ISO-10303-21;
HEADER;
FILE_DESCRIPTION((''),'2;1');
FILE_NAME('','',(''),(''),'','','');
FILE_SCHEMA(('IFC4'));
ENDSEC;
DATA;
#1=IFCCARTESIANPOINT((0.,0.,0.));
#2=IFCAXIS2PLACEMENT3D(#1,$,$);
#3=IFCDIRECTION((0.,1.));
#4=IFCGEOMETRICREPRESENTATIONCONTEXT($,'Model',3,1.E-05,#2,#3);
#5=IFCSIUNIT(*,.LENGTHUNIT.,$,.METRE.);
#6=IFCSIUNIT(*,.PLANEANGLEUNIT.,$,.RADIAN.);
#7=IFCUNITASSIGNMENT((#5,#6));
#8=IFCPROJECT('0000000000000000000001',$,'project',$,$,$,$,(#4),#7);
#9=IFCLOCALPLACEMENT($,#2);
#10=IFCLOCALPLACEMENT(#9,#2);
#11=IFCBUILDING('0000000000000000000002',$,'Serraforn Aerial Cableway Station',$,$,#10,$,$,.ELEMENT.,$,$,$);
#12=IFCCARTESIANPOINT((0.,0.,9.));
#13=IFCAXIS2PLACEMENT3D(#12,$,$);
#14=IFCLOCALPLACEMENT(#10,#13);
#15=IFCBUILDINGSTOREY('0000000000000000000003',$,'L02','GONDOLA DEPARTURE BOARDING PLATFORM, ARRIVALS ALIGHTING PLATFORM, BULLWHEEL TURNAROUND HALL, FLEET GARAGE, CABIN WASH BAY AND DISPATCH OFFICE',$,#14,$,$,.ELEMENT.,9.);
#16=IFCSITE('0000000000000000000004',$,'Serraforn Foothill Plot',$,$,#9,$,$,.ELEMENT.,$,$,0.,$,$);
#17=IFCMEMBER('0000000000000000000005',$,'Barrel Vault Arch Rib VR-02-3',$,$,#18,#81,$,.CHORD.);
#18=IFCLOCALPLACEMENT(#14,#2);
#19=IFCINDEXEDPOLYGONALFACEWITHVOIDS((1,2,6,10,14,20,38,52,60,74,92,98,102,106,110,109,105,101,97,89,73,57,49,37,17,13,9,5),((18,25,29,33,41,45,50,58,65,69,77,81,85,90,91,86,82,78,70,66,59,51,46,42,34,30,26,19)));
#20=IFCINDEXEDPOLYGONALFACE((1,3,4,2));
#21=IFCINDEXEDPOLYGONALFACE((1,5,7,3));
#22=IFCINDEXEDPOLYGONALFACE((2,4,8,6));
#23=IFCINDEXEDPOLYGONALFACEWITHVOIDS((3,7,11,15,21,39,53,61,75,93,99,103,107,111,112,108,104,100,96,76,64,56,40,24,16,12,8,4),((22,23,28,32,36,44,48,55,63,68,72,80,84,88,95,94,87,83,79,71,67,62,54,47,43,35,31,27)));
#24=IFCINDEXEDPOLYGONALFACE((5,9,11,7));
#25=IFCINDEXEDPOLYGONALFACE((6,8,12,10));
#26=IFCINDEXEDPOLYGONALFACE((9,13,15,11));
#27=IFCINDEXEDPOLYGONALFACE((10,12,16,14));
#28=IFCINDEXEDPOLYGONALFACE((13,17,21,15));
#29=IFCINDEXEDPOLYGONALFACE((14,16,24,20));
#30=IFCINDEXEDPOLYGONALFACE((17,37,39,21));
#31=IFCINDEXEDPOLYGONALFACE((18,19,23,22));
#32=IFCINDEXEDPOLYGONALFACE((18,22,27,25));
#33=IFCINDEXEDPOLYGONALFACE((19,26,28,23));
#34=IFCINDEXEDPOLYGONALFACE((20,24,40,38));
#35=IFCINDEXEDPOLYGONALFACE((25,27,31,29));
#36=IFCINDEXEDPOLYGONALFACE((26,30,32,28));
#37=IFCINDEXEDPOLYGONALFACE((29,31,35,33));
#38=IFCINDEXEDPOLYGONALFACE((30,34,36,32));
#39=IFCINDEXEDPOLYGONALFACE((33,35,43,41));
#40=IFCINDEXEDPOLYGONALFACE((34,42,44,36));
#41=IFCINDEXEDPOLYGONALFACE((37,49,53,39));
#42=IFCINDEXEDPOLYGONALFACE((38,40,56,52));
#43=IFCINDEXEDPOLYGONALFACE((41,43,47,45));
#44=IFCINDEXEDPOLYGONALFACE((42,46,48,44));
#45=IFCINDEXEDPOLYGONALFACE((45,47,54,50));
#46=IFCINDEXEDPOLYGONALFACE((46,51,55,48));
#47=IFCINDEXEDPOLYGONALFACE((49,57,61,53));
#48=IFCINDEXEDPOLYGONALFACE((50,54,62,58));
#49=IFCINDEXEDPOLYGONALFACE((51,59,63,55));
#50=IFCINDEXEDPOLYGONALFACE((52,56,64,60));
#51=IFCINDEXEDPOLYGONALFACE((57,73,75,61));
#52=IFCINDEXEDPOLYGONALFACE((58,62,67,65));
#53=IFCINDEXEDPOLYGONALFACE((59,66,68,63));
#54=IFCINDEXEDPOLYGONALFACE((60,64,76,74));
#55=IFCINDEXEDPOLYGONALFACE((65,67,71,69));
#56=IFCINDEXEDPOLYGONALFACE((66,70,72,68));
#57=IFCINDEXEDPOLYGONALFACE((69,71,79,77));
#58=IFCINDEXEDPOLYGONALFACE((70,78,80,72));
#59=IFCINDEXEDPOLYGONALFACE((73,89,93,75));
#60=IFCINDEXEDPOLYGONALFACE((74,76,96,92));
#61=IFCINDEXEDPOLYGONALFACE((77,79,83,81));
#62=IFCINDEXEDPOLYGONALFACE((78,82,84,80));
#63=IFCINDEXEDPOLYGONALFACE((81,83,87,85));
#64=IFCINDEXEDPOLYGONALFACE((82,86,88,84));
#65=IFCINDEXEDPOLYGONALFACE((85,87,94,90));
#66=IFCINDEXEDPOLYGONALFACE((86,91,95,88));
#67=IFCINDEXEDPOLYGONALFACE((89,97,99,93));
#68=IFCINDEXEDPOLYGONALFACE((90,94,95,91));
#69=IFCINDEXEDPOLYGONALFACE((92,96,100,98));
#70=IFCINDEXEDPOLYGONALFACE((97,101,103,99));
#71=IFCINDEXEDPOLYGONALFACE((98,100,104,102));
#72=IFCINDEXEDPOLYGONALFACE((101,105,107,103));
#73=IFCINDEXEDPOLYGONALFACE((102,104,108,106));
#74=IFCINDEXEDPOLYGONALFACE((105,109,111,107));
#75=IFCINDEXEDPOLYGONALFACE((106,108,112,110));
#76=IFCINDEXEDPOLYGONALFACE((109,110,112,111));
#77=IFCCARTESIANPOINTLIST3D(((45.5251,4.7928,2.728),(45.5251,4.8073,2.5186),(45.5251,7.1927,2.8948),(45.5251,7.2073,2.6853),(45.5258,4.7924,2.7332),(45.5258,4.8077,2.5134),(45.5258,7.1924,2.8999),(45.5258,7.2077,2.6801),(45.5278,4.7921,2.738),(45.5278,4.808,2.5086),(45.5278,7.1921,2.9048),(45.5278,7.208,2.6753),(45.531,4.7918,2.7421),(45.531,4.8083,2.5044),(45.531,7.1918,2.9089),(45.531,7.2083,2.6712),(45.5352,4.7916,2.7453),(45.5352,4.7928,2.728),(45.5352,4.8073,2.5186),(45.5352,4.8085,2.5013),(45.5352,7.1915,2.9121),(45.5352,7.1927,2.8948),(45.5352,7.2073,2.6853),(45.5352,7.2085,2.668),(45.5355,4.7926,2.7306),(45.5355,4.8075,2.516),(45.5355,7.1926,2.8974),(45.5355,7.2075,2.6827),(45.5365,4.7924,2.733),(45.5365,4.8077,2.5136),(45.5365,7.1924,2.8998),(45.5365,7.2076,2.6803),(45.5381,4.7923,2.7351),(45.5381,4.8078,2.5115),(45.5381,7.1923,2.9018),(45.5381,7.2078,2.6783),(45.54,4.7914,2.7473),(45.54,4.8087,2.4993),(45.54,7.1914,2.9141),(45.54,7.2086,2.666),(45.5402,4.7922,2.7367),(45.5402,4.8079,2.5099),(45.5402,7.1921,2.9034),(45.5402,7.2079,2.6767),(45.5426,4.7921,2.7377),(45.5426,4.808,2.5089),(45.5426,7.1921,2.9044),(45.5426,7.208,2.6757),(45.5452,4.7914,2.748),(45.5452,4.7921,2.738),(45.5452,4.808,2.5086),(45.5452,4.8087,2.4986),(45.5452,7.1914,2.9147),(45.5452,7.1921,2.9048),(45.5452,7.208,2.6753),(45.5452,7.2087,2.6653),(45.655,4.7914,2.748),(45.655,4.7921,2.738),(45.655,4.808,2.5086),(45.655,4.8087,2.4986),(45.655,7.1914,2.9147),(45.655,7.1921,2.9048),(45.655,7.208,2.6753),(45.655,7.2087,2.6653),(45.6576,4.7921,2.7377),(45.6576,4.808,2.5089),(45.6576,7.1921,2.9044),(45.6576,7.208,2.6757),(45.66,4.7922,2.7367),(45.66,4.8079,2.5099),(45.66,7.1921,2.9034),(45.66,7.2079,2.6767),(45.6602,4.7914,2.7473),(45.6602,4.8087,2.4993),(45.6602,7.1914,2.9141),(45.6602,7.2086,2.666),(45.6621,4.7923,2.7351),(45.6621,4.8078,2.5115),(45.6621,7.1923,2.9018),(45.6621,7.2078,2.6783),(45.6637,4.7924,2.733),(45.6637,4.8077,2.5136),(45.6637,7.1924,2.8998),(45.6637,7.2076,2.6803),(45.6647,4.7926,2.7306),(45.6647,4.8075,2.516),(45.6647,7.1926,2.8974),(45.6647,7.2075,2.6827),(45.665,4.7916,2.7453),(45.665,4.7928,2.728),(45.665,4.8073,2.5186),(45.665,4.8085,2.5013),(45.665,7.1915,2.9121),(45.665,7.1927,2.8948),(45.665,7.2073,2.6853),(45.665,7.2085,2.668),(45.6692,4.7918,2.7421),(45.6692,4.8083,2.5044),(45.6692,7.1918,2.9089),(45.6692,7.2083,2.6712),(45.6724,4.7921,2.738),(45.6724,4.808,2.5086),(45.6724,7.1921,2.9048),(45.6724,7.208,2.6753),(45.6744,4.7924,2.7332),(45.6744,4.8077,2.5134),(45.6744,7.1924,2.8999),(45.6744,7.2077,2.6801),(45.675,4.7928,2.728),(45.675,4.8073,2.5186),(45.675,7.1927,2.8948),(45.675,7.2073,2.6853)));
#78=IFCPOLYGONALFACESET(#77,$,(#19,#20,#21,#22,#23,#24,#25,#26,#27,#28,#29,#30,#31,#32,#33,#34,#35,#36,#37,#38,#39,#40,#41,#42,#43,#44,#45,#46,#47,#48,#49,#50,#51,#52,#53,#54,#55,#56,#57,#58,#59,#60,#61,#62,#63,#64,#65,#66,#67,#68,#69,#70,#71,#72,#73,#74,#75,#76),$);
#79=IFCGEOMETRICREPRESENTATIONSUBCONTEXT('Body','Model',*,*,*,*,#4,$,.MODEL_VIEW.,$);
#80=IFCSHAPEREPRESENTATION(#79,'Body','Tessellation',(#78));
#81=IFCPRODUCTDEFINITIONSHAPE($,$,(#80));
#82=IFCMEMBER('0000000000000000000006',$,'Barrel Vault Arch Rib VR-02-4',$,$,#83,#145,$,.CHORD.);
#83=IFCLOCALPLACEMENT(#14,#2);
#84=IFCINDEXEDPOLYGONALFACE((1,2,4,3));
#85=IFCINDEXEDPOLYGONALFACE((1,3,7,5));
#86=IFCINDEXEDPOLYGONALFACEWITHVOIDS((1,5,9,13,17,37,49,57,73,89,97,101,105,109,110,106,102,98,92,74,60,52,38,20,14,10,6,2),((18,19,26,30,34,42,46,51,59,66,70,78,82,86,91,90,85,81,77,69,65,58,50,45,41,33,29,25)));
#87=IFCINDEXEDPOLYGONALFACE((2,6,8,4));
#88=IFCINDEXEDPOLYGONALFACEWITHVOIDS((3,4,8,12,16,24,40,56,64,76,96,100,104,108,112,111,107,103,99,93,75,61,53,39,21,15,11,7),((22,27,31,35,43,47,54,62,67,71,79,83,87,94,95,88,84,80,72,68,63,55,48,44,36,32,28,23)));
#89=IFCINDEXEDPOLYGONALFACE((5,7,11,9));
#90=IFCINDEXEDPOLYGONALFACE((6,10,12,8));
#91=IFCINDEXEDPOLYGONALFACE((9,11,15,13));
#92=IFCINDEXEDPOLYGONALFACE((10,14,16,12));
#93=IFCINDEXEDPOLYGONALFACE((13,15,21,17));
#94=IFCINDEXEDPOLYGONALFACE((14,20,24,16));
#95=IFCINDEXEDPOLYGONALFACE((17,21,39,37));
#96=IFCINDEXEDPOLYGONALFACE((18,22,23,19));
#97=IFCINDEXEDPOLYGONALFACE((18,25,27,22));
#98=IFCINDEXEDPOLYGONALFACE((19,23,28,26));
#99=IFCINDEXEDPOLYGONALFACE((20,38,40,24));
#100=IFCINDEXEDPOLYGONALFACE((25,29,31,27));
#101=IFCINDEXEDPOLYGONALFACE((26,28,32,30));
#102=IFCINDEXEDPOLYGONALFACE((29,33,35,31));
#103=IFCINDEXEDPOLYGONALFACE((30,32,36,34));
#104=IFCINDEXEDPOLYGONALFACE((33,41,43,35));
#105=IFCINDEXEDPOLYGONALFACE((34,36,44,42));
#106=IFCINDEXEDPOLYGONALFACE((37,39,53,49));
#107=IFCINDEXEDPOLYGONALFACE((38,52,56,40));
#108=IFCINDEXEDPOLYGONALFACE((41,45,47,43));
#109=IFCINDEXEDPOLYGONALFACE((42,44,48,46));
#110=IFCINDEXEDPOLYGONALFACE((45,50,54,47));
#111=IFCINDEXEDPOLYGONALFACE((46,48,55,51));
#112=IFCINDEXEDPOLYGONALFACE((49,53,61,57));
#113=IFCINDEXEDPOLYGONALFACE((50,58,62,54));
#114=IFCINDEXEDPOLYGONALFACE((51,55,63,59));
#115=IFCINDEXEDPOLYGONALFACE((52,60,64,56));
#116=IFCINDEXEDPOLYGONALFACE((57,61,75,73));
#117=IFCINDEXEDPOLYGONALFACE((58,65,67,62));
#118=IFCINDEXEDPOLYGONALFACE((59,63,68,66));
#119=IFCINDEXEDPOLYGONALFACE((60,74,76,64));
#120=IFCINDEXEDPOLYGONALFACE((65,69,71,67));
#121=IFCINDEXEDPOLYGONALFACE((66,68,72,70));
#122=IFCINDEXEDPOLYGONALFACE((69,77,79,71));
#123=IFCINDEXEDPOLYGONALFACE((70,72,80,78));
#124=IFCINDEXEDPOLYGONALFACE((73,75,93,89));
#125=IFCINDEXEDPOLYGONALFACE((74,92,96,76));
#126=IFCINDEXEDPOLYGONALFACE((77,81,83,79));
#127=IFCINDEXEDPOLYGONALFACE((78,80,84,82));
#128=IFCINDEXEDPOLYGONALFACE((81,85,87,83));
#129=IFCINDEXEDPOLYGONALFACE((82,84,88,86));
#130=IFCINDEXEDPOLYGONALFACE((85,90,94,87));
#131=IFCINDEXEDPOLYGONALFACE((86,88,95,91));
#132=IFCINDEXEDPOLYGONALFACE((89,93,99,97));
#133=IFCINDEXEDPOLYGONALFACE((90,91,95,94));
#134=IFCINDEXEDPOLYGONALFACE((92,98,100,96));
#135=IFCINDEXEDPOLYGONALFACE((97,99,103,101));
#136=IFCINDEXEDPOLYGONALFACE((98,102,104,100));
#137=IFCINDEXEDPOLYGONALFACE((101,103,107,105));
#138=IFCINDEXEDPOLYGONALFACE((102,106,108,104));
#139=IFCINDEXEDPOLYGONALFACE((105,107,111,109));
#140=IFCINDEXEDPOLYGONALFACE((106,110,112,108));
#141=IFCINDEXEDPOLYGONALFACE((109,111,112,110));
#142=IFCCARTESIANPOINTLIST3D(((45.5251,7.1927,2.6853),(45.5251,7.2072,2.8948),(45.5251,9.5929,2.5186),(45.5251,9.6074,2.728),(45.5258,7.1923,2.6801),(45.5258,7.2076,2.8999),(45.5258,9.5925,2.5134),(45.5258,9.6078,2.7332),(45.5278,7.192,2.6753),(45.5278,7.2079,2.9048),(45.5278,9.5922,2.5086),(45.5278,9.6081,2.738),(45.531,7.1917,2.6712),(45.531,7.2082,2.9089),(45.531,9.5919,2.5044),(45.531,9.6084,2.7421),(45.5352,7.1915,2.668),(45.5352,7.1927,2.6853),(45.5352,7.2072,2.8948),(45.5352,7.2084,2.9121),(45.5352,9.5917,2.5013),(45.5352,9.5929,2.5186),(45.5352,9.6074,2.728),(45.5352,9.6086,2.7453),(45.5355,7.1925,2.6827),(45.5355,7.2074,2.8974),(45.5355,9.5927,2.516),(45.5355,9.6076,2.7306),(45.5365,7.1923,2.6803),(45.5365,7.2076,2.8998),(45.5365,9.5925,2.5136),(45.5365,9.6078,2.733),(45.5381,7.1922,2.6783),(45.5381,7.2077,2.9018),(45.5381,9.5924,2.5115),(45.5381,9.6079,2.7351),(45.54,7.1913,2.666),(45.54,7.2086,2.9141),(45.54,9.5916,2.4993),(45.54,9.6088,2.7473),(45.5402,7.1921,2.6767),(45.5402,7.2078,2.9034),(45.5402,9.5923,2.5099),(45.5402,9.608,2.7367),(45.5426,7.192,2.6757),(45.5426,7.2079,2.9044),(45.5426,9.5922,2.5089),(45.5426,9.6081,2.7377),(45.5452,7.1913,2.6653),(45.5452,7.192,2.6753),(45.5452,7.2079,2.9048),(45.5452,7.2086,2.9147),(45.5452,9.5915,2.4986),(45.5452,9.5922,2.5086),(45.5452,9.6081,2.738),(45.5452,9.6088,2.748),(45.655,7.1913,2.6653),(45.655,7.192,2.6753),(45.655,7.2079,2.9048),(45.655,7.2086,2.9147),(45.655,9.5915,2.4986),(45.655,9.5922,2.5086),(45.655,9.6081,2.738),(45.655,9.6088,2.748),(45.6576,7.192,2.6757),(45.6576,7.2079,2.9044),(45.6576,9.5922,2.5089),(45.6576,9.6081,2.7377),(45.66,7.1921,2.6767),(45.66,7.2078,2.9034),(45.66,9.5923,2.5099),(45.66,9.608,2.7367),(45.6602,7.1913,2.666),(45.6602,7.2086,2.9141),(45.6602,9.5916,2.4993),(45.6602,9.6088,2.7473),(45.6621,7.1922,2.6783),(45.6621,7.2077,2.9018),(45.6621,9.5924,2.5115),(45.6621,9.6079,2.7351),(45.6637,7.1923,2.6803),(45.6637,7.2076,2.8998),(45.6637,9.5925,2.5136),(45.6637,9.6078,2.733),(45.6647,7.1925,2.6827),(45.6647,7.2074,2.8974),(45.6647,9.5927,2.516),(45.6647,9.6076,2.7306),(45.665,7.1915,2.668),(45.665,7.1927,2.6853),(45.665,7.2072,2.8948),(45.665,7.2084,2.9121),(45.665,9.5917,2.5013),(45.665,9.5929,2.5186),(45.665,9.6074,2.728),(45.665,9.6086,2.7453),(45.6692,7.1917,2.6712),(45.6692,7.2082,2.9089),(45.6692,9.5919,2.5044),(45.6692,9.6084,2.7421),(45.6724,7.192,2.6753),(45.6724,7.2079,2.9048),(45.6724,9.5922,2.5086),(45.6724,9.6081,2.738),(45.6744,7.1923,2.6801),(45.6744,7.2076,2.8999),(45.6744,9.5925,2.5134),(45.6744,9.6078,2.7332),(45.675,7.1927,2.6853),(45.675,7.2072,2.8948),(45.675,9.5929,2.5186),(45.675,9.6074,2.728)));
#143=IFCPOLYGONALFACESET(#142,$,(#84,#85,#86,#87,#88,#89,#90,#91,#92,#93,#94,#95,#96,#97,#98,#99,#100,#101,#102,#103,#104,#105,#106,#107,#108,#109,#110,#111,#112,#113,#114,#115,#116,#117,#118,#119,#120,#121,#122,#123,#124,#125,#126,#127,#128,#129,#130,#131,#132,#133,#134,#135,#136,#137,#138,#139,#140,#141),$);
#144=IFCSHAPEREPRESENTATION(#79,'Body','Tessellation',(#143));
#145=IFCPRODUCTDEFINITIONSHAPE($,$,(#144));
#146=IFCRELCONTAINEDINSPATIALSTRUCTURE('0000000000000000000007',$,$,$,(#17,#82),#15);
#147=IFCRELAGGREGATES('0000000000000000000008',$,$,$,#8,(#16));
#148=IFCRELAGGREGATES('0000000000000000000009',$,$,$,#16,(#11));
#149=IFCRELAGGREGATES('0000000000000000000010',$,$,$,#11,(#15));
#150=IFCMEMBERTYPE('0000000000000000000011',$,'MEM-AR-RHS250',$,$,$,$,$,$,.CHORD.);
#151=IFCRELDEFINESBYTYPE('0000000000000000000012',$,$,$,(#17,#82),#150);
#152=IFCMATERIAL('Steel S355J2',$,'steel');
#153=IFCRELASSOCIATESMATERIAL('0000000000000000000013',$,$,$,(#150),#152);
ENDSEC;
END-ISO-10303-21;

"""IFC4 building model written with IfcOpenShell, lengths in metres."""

from ifc_helpers import new_model, si_unit, direction, frame, origin, origin_2d, place, context, subcontext, project, spatial, hollow_rectangle, extrude, material, material_profile, profile_set, type_object, element, save


model = new_model("IFC4")

# Units and contexts
model_context = context("Model", 3, precision=1e-05, world=origin(), true_north=direction((0.0, 1.0)))
body_context = subcontext(model_context, "Body", "Model", "MODEL_VIEW")
ifc_project = project(units=[si_unit("LENGTHUNIT", "METRE"), si_unit("PLANEANGLEUNIT", "RADIAN")], contexts=[model_context])

# Site, building, storey
site_placement = place(None, origin())
site = spatial("IfcSite", under=ifc_project, at=site_placement, Name="Serraforn Foothill Plot", CompositionType="ELEMENT", RefElevation=0.0)
building_placement = place(site_placement, origin())
building = spatial("IfcBuilding", under=site, at=building_placement, Name="Serraforn Aerial Cableway Station", CompositionType="ELEMENT")
storey_placement = place(building_placement, frame((0.0, 0.0, 9.0)))
storey = spatial("IfcBuildingStorey", under=building, at=storey_placement, Name="L02", Description="GONDOLA DEPARTURE BOARDING PLATFORM, ARRIVALS ALIGHTING PLATFORM, BULLWHEEL TURNAROUND HALL, FLEET GARAGE, CABIN WASH BAY AND DISPATCH OFFICE", CompositionType="ELEMENT", Elevation=9.0)

# Members
ifc_material_1 = material(Name="Steel S355J2", Category="steel")
ifc_material_profile_1 = material_profile(ifc_material_1, hollow_rectangle(XDim=0.1499, YDim=0.25, WallThickness=0.01, InnerFilletRadius=0.01, OuterFilletRadius=0.02, at=origin_2d()), Name="RHS 250x150x10.0")
ifc_profile_set_1 = profile_set([ifc_material_profile_1], Name="Steel S355J2")
member_type_1 = type_object("IfcMemberType", Name="MEM-AR-RHS250", PredefinedType="CHORD", material=ifc_profile_set_1)
member_1_placement = place(storey_placement, frame((45.6001, 4.8, 2.6233), z_axis=(0.0, 0.997595, 0.069314), x_axis=(-1.0, 0.0, 0.0)))
element("IfcMember", 1, at=member_1_placement, inside=storey, type_object=member_type_1, Name="Barrel Vault Arch Rib VR-02-3", PredefinedType="CHORD", context=body_context, shape_type="SweptSolid", body=[
    extrude(hollow_rectangle(XDim=0.1499, YDim=0.25, WallThickness=0.01, InnerFilletRadius=0.01, OuterFilletRadius=0.02, at=origin_2d()), origin(), (0.0, 0.0, 1.0), 2.4058),
])
member_2_placement = place(storey_placement, frame((45.6001, 7.2, 2.79), z_axis=(0.0, 0.997595, -0.069307), x_axis=(-1.0, 0.0, 0.0)))
element("IfcMember", 2, at=member_2_placement, inside=storey, type_object=member_type_1, Name="Barrel Vault Arch Rib VR-02-4", PredefinedType="CHORD", context=body_context, shape_type="SweptSolid", body=[
    extrude(hollow_rectangle(XDim=0.1499, YDim=0.25, WallThickness=0.01, InnerFilletRadius=0.01, OuterFilletRadius=0.02, at=origin_2d()), origin(), (0.0, 0.0, 1.0), 2.406),
])

save(model, "model.ifc")
